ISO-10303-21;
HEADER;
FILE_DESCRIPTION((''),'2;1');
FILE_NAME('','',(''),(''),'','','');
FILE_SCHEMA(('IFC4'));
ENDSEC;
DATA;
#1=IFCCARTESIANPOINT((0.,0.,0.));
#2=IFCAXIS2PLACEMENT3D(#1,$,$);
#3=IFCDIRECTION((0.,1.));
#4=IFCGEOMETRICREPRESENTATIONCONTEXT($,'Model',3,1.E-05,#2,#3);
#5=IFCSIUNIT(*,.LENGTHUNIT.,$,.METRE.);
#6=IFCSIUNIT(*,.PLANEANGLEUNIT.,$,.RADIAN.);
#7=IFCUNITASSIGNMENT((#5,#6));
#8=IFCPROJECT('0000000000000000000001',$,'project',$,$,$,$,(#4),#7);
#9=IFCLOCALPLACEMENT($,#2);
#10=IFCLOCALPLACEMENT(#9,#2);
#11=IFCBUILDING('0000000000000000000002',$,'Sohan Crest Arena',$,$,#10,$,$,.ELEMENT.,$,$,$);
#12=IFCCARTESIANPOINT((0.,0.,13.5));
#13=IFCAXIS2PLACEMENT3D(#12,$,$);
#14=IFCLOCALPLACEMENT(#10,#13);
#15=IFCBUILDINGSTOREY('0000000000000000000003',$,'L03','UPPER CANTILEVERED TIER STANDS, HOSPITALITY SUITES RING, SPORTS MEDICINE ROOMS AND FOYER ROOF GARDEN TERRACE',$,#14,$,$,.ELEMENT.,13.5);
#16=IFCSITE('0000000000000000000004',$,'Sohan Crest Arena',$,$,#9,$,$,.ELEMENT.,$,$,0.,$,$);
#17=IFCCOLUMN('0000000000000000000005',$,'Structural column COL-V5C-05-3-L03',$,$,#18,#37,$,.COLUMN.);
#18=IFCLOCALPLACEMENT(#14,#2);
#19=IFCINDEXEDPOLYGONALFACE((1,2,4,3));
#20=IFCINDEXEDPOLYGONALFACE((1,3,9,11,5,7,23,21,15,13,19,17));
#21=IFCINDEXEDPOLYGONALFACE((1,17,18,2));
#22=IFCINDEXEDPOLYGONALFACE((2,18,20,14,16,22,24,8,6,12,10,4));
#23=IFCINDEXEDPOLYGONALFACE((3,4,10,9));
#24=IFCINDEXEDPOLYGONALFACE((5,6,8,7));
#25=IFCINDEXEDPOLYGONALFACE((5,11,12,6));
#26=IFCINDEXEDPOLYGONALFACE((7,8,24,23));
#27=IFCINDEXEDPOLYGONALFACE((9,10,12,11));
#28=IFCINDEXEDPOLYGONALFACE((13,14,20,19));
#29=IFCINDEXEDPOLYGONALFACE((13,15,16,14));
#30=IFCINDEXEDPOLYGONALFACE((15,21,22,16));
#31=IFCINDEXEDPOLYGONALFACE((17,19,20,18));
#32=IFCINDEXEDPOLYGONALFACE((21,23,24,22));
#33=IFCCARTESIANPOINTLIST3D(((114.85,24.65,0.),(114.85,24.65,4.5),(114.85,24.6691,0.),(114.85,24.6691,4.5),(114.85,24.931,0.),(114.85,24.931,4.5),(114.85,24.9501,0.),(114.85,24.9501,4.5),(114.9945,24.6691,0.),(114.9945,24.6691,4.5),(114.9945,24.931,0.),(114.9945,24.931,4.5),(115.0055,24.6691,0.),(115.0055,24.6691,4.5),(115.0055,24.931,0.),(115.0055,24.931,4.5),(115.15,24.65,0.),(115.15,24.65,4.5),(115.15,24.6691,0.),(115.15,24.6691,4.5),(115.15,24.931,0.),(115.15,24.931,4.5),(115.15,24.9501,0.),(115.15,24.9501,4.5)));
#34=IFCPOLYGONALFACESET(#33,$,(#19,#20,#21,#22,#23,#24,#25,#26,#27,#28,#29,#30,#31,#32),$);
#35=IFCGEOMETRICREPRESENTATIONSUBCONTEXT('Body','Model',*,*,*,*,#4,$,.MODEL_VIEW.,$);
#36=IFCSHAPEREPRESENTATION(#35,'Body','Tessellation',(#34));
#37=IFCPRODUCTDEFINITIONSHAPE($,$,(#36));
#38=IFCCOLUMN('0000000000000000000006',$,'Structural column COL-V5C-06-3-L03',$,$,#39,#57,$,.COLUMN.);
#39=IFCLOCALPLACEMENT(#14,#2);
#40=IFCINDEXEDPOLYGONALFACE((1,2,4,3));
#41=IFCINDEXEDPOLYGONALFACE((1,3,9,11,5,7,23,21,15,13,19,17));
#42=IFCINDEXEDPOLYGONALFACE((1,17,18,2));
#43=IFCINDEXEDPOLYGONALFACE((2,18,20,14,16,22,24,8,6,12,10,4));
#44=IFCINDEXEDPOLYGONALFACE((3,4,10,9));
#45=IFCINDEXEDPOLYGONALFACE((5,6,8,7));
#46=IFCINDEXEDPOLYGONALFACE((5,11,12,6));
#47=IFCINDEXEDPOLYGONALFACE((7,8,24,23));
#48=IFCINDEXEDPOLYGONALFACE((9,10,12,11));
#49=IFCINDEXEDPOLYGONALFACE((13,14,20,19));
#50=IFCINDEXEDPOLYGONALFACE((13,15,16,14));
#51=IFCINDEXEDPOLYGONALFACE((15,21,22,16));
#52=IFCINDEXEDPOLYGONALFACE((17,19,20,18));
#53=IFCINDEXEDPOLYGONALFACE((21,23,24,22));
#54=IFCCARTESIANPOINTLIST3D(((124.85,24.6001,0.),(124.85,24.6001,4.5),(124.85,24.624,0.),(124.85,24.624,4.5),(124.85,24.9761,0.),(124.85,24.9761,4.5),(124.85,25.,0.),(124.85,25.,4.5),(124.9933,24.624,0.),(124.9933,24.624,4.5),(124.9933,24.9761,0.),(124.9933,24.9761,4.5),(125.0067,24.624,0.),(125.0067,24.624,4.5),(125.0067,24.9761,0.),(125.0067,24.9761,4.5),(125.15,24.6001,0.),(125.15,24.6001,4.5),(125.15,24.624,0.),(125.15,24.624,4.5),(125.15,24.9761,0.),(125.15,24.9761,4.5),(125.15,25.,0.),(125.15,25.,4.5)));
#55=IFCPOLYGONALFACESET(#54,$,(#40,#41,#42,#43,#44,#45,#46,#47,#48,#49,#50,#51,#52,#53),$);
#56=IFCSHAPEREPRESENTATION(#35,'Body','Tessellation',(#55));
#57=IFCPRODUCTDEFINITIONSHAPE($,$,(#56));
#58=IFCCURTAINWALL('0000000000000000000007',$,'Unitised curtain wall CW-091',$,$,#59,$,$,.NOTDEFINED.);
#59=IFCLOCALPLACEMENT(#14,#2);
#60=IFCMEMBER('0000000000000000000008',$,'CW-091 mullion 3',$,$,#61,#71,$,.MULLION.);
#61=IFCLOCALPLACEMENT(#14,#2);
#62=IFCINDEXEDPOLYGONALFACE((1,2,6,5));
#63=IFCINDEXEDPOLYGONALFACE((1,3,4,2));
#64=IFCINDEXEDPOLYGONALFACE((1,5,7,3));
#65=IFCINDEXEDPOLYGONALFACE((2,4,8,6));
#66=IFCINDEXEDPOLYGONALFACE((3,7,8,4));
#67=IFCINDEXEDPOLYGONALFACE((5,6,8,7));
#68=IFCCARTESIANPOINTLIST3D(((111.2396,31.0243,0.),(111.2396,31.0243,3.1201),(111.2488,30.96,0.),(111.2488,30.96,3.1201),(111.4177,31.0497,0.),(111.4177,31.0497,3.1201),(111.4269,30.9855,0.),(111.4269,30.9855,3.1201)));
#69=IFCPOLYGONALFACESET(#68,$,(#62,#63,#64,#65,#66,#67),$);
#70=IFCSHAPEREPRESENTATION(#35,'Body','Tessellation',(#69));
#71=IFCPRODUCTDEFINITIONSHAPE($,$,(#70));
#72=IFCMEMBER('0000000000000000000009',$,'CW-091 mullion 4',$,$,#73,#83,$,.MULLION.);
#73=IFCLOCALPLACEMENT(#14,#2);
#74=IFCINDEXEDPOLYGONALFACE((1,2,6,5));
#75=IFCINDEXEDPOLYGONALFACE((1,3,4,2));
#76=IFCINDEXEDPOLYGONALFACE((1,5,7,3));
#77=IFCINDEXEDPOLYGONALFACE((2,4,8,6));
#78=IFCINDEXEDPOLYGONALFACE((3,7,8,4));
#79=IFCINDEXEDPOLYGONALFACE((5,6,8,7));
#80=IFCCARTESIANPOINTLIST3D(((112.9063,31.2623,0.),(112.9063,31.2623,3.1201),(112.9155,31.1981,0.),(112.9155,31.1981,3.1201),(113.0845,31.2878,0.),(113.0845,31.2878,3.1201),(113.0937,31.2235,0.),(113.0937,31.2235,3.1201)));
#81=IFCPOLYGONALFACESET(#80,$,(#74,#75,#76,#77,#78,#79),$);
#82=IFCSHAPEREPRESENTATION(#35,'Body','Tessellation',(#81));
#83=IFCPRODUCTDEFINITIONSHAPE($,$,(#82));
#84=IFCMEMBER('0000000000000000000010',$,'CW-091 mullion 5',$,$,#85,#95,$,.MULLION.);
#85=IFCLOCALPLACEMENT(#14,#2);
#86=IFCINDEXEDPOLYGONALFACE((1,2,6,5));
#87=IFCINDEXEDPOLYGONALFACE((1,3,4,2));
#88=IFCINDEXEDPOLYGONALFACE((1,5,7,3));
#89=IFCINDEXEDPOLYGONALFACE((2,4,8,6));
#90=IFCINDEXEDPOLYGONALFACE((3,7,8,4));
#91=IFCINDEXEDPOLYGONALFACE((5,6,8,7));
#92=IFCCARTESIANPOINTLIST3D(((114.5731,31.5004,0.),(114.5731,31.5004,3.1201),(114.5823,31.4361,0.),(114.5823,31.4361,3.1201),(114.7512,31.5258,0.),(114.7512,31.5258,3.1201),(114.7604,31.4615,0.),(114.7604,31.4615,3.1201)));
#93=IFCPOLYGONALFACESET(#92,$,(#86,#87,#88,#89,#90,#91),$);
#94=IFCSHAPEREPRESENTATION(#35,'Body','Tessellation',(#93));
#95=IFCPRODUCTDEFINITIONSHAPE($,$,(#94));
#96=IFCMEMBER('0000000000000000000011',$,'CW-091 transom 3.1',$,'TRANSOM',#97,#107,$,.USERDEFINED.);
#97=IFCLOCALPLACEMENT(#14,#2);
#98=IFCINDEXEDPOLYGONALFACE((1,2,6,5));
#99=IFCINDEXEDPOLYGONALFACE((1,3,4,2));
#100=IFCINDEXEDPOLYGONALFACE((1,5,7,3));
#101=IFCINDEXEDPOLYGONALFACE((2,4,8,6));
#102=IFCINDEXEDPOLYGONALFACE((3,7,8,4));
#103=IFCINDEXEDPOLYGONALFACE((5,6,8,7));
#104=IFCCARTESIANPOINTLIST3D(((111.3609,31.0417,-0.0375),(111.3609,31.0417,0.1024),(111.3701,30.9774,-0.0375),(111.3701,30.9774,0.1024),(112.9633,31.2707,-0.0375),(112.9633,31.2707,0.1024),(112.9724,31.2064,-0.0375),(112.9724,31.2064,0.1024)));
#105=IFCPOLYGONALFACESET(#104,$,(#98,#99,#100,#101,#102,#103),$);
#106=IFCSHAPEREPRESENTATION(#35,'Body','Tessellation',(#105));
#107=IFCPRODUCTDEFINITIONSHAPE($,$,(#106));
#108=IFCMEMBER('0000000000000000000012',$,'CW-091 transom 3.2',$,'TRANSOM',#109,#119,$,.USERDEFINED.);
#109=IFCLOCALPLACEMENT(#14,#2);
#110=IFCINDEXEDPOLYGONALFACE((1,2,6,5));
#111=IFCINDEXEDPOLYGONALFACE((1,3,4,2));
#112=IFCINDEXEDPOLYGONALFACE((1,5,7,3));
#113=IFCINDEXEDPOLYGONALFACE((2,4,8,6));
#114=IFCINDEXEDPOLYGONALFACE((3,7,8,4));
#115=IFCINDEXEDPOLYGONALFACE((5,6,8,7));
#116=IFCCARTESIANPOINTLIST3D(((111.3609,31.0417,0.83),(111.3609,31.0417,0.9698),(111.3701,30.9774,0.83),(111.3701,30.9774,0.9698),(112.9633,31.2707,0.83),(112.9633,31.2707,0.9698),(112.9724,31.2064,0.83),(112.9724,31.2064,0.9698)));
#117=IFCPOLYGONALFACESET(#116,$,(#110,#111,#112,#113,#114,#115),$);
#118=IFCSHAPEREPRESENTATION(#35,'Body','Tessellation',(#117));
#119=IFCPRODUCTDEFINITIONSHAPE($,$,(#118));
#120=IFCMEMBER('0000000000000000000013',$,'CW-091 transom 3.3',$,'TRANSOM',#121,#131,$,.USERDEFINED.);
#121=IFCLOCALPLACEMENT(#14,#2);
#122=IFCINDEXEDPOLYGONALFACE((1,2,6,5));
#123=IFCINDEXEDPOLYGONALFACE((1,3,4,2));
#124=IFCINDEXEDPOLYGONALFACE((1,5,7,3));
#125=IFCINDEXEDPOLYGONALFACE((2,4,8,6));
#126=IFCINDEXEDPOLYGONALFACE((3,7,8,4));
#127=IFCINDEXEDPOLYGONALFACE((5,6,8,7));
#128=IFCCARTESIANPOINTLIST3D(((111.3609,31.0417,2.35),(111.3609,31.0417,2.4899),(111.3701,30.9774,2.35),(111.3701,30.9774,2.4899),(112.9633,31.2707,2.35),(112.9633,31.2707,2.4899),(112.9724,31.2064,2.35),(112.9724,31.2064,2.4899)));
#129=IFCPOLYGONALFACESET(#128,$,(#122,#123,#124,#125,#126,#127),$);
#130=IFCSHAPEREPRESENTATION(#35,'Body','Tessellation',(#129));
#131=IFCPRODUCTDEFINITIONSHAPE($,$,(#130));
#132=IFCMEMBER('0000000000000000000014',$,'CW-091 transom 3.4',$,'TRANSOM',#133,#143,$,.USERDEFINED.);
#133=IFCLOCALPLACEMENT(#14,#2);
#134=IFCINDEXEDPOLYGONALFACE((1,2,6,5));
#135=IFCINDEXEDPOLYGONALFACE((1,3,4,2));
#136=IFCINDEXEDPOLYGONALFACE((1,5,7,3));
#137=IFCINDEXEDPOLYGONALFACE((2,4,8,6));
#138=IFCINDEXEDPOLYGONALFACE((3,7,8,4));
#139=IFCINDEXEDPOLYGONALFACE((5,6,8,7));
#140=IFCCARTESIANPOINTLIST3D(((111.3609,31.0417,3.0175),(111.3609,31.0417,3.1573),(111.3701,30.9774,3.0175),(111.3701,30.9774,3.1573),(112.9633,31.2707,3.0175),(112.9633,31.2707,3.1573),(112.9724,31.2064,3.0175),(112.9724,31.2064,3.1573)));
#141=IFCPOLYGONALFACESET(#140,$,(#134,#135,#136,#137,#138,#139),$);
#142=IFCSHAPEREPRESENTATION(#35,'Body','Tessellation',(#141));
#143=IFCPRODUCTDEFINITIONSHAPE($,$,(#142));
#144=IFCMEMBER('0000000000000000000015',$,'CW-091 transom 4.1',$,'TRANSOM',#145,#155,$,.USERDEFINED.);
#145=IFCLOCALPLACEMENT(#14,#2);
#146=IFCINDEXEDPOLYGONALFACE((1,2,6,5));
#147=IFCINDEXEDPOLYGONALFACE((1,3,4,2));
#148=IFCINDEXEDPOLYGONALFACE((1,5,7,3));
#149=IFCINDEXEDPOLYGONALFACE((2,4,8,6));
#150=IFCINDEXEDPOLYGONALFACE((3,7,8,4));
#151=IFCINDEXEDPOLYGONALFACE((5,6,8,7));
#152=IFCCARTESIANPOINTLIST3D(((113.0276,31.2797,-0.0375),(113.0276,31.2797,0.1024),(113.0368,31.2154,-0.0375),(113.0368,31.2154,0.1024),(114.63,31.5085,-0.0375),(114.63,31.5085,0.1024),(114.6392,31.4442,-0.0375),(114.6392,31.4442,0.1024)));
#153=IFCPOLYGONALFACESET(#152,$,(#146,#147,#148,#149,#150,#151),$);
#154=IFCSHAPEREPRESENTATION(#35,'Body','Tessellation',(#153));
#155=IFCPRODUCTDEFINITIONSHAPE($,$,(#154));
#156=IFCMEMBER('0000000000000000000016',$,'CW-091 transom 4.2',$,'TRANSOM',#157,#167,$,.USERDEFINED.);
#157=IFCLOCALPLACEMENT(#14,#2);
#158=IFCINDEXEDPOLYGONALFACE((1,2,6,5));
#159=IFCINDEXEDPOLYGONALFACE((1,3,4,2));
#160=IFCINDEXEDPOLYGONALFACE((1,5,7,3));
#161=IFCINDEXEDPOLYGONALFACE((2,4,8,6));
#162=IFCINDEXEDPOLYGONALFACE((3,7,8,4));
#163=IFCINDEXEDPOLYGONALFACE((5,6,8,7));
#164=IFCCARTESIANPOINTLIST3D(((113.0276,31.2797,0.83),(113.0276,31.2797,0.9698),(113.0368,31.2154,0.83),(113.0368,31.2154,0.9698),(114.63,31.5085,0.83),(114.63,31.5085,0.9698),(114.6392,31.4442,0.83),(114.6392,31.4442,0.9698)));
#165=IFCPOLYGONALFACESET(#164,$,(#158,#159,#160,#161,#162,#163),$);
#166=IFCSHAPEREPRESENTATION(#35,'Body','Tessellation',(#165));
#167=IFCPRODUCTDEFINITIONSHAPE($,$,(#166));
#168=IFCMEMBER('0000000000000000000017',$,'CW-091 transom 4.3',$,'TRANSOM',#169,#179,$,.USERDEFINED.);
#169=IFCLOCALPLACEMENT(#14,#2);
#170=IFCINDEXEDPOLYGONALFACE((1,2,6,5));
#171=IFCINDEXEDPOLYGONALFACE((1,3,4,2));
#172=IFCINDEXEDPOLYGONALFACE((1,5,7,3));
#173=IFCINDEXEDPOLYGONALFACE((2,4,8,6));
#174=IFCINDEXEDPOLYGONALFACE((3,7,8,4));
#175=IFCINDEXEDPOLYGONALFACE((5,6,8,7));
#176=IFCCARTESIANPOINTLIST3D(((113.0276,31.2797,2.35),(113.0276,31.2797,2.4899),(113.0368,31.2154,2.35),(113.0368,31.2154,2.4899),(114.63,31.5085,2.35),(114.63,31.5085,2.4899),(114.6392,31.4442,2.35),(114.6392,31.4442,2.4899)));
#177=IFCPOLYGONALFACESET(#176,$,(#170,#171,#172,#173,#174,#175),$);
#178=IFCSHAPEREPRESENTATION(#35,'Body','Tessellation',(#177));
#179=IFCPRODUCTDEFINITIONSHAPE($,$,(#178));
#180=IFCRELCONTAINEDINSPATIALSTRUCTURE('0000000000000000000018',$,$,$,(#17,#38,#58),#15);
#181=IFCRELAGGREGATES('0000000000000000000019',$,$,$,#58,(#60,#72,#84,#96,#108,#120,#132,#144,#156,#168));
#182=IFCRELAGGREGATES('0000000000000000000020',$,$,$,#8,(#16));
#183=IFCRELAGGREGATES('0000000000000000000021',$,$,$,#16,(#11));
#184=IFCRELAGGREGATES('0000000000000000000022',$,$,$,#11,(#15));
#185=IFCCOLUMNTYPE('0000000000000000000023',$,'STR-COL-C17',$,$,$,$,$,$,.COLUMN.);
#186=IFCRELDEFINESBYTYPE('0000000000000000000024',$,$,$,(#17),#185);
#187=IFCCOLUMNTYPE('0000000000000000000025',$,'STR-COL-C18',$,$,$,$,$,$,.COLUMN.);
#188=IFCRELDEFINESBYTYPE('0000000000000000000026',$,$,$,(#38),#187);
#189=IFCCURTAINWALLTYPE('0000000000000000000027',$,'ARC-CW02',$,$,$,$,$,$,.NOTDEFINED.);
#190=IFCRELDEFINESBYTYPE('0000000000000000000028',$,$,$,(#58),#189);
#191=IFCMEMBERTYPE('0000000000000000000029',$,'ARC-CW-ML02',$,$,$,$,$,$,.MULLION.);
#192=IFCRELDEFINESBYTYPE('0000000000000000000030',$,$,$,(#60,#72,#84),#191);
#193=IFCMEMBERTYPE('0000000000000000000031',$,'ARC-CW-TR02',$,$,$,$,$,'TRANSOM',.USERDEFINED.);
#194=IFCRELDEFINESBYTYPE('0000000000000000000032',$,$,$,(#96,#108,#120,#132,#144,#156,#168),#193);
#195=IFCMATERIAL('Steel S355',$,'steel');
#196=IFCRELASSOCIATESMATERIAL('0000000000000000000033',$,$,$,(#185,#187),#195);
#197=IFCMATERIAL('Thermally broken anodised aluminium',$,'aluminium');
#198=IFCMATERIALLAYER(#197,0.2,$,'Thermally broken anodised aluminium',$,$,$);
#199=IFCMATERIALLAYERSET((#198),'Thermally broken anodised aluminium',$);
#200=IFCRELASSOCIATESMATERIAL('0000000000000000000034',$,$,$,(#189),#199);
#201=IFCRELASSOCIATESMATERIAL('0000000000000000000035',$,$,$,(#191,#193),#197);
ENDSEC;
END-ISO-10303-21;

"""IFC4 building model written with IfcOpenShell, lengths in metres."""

from ifc_helpers import new_model, si_unit, direction, frame, origin, origin_2d, place, context, subcontext, project, spatial, rectangle, i_section, extrude, material, layer, layer_set, material_profile, profile_set, type_object, element, aggregate, save


model = new_model("IFC4")

# Units and contexts
model_context = context("Model", 3, precision=1e-05, world=origin(), true_north=direction((0.0, 1.0)))
body_context = subcontext(model_context, "Body", "Model", "MODEL_VIEW")
ifc_project = project(units=[si_unit("LENGTHUNIT", "METRE"), si_unit("PLANEANGLEUNIT", "RADIAN")], contexts=[model_context])

# Site, building, storey
site_placement = place(None, origin())
site = spatial("IfcSite", under=ifc_project, at=site_placement, Name="Sohan Crest Arena", CompositionType="ELEMENT", RefElevation=0.0)
building_placement = place(site_placement, origin())
building = spatial("IfcBuilding", under=site, at=building_placement, Name="Sohan Crest Arena", CompositionType="ELEMENT")
storey_placement = place(building_placement, frame((0.0, 0.0, 13.5)))
storey = spatial("IfcBuildingStorey", under=building, at=storey_placement, Name="L03", Description="UPPER CANTILEVERED TIER STANDS, HOSPITALITY SUITES RING, SPORTS MEDICINE ROOMS AND FOYER ROOF GARDEN TERRACE", CompositionType="ELEMENT", Elevation=13.5)

# Columns
ifc_material_1 = material(Name="Steel S355", Category="steel")
ifc_material_profile_1 = material_profile(ifc_material_1, i_section(OverallWidth=0.3, OverallDepth=0.3, WebThickness=0.011, FlangeThickness=0.019, at=origin_2d()), Name="HEB 300")
ifc_profile_set_1 = profile_set([ifc_material_profile_1], Name="Steel S355")
column_type_1 = type_object("IfcColumnType", Name="STR-COL-C17", PredefinedType="COLUMN", material=ifc_profile_set_1)
column_1_placement = place(storey_placement, frame((115.0, 24.8, 0.0), z_axis=(0.0, 0.0, 1.0), x_axis=(1.0, 0.0, 0.0)))
element("IfcColumn", 1, at=column_1_placement, inside=storey, type_object=column_type_1, Name="Structural column COL-V5C-05-3-L03", PredefinedType="COLUMN", context=body_context, shape_type="SweptSolid", body=[
    extrude(i_section(OverallWidth=0.3, OverallDepth=0.3, WebThickness=0.011, FlangeThickness=0.019, at=origin_2d()), origin(), (0.0, 0.0, 1.0), 4.5),
])
ifc_material_profile_2 = material_profile(ifc_material_1, i_section(OverallWidth=0.3, OverallDepth=0.3999, WebThickness=0.0134, FlangeThickness=0.0239, at=origin_2d()), Name="HEB 400")
ifc_profile_set_2 = profile_set([ifc_material_profile_2], Name="Steel S355")
column_type_2 = type_object("IfcColumnType", Name="STR-COL-C18", PredefinedType="COLUMN", material=ifc_profile_set_2)
column_2_placement = place(storey_placement, frame((125.0, 24.8, 0.0), z_axis=(0.0, 0.0, 1.0), x_axis=(1.0, 0.0, 0.0)))
element("IfcColumn", 2, at=column_2_placement, inside=storey, type_object=column_type_2, Name="Structural column COL-V5C-06-3-L03", PredefinedType="COLUMN", context=body_context, shape_type="SweptSolid", body=[
    extrude(i_section(OverallWidth=0.3, OverallDepth=0.3999, WebThickness=0.0134, FlangeThickness=0.0239, at=origin_2d()), origin(), (0.0, 0.0, 1.0), 4.5),
])

# Curtain wall, members
ifc_material_2 = material(Name="Thermally broken anodised aluminium", Category="aluminium")
ifc_layer_1 = layer(ifc_material_2, 0.2, Name="Thermally broken anodised aluminium")
ifc_layer_set_1 = layer_set([ifc_layer_1], Name="Thermally broken anodised aluminium")
curtain_wall_type = type_object("IfcCurtainWallType", Name="ARC-CW02", PredefinedType="NOTDEFINED", material=ifc_layer_set_1)
curtain_wall_placement = place(storey_placement, origin())
curtain_wall = element("IfcCurtainWall", 3, at=curtain_wall_placement, inside=storey, type_object=curtain_wall_type, Name="Unitised curtain wall CW-091", PredefinedType="NOTDEFINED")
ifc_material_profile_3 = material_profile(ifc_material_2, rectangle(XDim=0.0649, YDim=0.1799, at=origin_2d()), Name="ALU-MULL 65x180")
ifc_profile_set_3 = profile_set([ifc_material_profile_3], Name="Thermally broken anodised aluminium")
member_type_1 = type_object("IfcMemberType", Name="ARC-CW-ML02", PredefinedType="MULLION", material=ifc_profile_set_3)
member_1_placement = place(storey_placement, frame((111.3333, 31.0049, 0.0), z_axis=(0.0, 0.0, 1.0), x_axis=(-0.141366, 0.989957, 0.0)))
member_1 = element("IfcMember", 4, at=member_1_placement, type_object=member_type_1, Name="CW-091 mullion 3", PredefinedType="MULLION", context=body_context, shape_type="SweptSolid", body=[
    extrude(rectangle(XDim=0.0649, YDim=0.1799, at=origin_2d()), origin(), (0.0, 0.0, 1.0), 3.1201),
])
member_2_placement = place(storey_placement, frame((113.0, 31.2429, 0.0), z_axis=(0.0, 0.0, 1.0), x_axis=(-0.141366, 0.989957, 0.0)))
member_2 = element("IfcMember", 5, at=member_2_placement, type_object=member_type_1, Name="CW-091 mullion 4", PredefinedType="MULLION", context=body_context, shape_type="SweptSolid", body=[
    extrude(rectangle(XDim=0.0649, YDim=0.1799, at=origin_2d()), origin(), (0.0, 0.0, 1.0), 3.1201),
])
member_3_placement = place(storey_placement, frame((114.6667, 31.481, 0.0), z_axis=(0.0, 0.0, 1.0), x_axis=(-0.141366, 0.989957, 0.0)))
member_3 = element("IfcMember", 6, at=member_3_placement, type_object=member_type_1, Name="CW-091 mullion 5", PredefinedType="MULLION", context=body_context, shape_type="SweptSolid", body=[
    extrude(rectangle(XDim=0.0649, YDim=0.1799, at=origin_2d()), origin(), (0.0, 0.0, 1.0), 3.1201),
])
ifc_material_profile_4 = material_profile(ifc_material_2, rectangle(XDim=0.0649, YDim=0.1399, at=origin_2d()), Name="ALU-TRAN 65x140")
ifc_profile_set_4 = profile_set([ifc_material_profile_4], Name="Thermally broken anodised aluminium")
member_type_2 = type_object("IfcMemberType", Name="ARC-CW-TR02", ElementType="TRANSOM", PredefinedType="USERDEFINED", material=ifc_profile_set_4)
member_4_placement = place(storey_placement, frame((111.3655, 31.0095, 0.0325), z_axis=(0.98994, 0.141485, 0.0), x_axis=(-0.141485, 0.98994, 0.0)))
member_4 = element("IfcMember", 7, at=member_4_placement, type_object=member_type_2, Name="CW-091 transom 3.1", ObjectType="TRANSOM", PredefinedType="USERDEFINED", context=body_context, shape_type="SweptSolid", body=[
    extrude(rectangle(XDim=0.0649, YDim=0.1399, at=origin_2d()), origin(), (0.0, 0.0, 1.0), 1.6187),
])
member_5_placement = place(storey_placement, frame((111.3655, 31.0095, 0.8999), z_axis=(0.98994, 0.141485, 0.0), x_axis=(-0.141485, 0.98994, 0.0)))
member_5 = element("IfcMember", 8, at=member_5_placement, type_object=member_type_2, Name="CW-091 transom 3.2", ObjectType="TRANSOM", PredefinedType="USERDEFINED", context=body_context, shape_type="SweptSolid", body=[
    extrude(rectangle(XDim=0.0649, YDim=0.1399, at=origin_2d()), origin(), (0.0, 0.0, 1.0), 1.6187),
])
member_6_placement = place(storey_placement, frame((111.3655, 31.0095, 2.4199), z_axis=(0.98994, 0.141485, 0.0), x_axis=(-0.141485, 0.98994, 0.0)))
member_6 = element("IfcMember", 9, at=member_6_placement, type_object=member_type_2, Name="CW-091 transom 3.3", ObjectType="TRANSOM", PredefinedType="USERDEFINED", context=body_context, shape_type="SweptSolid", body=[
    extrude(rectangle(XDim=0.0649, YDim=0.1399, at=origin_2d()), origin(), (0.0, 0.0, 1.0), 1.6187),
])
member_7_placement = place(storey_placement, frame((111.3655, 31.0095, 3.0874), z_axis=(0.98994, 0.141485, 0.0), x_axis=(-0.141485, 0.98994, 0.0)))
member_7 = element("IfcMember", 10, at=member_7_placement, type_object=member_type_2, Name="CW-091 transom 3.4", ObjectType="TRANSOM", PredefinedType="USERDEFINED", context=body_context, shape_type="SweptSolid", body=[
    extrude(rectangle(XDim=0.0649, YDim=0.1399, at=origin_2d()), origin(), (0.0, 0.0, 1.0), 1.6187),
])
member_8_placement = place(storey_placement, frame((113.0322, 31.2476, 0.0325), z_axis=(0.989962, 0.141337, 0.0), x_axis=(-0.141337, 0.989962, 0.0)))
member_8 = element("IfcMember", 11, at=member_8_placement, type_object=member_type_2, Name="CW-091 transom 4.1", ObjectType="TRANSOM", PredefinedType="USERDEFINED", context=body_context, shape_type="SweptSolid", body=[
    extrude(rectangle(XDim=0.0649, YDim=0.1399, at=origin_2d()), origin(), (0.0, 0.0, 1.0), 1.6187),
])
member_9_placement = place(storey_placement, frame((113.0322, 31.2476, 0.8999), z_axis=(0.989962, 0.141337, 0.0), x_axis=(-0.141337, 0.989962, 0.0)))
member_9 = element("IfcMember", 12, at=member_9_placement, type_object=member_type_2, Name="CW-091 transom 4.2", ObjectType="TRANSOM", PredefinedType="USERDEFINED", context=body_context, shape_type="SweptSolid", body=[
    extrude(rectangle(XDim=0.0649, YDim=0.1399, at=origin_2d()), origin(), (0.0, 0.0, 1.0), 1.6187),
])
member_10_placement = place(storey_placement, frame((113.0322, 31.2476, 2.4199), z_axis=(0.989962, 0.141337, 0.0), x_axis=(-0.141337, 0.989962, 0.0)))
member_10 = element("IfcMember", 13, at=member_10_placement, type_object=member_type_2, Name="CW-091 transom 4.3", ObjectType="TRANSOM", PredefinedType="USERDEFINED", context=body_context, shape_type="SweptSolid", body=[
    extrude(rectangle(XDim=0.0649, YDim=0.1399, at=origin_2d()), origin(), (0.0, 0.0, 1.0), 1.6187),
])

aggregate(curtain_wall, [member_1, member_2, member_3, member_4, member_5, member_6, member_7, member_8, member_9, member_10])

save(model, "model.ifc")
